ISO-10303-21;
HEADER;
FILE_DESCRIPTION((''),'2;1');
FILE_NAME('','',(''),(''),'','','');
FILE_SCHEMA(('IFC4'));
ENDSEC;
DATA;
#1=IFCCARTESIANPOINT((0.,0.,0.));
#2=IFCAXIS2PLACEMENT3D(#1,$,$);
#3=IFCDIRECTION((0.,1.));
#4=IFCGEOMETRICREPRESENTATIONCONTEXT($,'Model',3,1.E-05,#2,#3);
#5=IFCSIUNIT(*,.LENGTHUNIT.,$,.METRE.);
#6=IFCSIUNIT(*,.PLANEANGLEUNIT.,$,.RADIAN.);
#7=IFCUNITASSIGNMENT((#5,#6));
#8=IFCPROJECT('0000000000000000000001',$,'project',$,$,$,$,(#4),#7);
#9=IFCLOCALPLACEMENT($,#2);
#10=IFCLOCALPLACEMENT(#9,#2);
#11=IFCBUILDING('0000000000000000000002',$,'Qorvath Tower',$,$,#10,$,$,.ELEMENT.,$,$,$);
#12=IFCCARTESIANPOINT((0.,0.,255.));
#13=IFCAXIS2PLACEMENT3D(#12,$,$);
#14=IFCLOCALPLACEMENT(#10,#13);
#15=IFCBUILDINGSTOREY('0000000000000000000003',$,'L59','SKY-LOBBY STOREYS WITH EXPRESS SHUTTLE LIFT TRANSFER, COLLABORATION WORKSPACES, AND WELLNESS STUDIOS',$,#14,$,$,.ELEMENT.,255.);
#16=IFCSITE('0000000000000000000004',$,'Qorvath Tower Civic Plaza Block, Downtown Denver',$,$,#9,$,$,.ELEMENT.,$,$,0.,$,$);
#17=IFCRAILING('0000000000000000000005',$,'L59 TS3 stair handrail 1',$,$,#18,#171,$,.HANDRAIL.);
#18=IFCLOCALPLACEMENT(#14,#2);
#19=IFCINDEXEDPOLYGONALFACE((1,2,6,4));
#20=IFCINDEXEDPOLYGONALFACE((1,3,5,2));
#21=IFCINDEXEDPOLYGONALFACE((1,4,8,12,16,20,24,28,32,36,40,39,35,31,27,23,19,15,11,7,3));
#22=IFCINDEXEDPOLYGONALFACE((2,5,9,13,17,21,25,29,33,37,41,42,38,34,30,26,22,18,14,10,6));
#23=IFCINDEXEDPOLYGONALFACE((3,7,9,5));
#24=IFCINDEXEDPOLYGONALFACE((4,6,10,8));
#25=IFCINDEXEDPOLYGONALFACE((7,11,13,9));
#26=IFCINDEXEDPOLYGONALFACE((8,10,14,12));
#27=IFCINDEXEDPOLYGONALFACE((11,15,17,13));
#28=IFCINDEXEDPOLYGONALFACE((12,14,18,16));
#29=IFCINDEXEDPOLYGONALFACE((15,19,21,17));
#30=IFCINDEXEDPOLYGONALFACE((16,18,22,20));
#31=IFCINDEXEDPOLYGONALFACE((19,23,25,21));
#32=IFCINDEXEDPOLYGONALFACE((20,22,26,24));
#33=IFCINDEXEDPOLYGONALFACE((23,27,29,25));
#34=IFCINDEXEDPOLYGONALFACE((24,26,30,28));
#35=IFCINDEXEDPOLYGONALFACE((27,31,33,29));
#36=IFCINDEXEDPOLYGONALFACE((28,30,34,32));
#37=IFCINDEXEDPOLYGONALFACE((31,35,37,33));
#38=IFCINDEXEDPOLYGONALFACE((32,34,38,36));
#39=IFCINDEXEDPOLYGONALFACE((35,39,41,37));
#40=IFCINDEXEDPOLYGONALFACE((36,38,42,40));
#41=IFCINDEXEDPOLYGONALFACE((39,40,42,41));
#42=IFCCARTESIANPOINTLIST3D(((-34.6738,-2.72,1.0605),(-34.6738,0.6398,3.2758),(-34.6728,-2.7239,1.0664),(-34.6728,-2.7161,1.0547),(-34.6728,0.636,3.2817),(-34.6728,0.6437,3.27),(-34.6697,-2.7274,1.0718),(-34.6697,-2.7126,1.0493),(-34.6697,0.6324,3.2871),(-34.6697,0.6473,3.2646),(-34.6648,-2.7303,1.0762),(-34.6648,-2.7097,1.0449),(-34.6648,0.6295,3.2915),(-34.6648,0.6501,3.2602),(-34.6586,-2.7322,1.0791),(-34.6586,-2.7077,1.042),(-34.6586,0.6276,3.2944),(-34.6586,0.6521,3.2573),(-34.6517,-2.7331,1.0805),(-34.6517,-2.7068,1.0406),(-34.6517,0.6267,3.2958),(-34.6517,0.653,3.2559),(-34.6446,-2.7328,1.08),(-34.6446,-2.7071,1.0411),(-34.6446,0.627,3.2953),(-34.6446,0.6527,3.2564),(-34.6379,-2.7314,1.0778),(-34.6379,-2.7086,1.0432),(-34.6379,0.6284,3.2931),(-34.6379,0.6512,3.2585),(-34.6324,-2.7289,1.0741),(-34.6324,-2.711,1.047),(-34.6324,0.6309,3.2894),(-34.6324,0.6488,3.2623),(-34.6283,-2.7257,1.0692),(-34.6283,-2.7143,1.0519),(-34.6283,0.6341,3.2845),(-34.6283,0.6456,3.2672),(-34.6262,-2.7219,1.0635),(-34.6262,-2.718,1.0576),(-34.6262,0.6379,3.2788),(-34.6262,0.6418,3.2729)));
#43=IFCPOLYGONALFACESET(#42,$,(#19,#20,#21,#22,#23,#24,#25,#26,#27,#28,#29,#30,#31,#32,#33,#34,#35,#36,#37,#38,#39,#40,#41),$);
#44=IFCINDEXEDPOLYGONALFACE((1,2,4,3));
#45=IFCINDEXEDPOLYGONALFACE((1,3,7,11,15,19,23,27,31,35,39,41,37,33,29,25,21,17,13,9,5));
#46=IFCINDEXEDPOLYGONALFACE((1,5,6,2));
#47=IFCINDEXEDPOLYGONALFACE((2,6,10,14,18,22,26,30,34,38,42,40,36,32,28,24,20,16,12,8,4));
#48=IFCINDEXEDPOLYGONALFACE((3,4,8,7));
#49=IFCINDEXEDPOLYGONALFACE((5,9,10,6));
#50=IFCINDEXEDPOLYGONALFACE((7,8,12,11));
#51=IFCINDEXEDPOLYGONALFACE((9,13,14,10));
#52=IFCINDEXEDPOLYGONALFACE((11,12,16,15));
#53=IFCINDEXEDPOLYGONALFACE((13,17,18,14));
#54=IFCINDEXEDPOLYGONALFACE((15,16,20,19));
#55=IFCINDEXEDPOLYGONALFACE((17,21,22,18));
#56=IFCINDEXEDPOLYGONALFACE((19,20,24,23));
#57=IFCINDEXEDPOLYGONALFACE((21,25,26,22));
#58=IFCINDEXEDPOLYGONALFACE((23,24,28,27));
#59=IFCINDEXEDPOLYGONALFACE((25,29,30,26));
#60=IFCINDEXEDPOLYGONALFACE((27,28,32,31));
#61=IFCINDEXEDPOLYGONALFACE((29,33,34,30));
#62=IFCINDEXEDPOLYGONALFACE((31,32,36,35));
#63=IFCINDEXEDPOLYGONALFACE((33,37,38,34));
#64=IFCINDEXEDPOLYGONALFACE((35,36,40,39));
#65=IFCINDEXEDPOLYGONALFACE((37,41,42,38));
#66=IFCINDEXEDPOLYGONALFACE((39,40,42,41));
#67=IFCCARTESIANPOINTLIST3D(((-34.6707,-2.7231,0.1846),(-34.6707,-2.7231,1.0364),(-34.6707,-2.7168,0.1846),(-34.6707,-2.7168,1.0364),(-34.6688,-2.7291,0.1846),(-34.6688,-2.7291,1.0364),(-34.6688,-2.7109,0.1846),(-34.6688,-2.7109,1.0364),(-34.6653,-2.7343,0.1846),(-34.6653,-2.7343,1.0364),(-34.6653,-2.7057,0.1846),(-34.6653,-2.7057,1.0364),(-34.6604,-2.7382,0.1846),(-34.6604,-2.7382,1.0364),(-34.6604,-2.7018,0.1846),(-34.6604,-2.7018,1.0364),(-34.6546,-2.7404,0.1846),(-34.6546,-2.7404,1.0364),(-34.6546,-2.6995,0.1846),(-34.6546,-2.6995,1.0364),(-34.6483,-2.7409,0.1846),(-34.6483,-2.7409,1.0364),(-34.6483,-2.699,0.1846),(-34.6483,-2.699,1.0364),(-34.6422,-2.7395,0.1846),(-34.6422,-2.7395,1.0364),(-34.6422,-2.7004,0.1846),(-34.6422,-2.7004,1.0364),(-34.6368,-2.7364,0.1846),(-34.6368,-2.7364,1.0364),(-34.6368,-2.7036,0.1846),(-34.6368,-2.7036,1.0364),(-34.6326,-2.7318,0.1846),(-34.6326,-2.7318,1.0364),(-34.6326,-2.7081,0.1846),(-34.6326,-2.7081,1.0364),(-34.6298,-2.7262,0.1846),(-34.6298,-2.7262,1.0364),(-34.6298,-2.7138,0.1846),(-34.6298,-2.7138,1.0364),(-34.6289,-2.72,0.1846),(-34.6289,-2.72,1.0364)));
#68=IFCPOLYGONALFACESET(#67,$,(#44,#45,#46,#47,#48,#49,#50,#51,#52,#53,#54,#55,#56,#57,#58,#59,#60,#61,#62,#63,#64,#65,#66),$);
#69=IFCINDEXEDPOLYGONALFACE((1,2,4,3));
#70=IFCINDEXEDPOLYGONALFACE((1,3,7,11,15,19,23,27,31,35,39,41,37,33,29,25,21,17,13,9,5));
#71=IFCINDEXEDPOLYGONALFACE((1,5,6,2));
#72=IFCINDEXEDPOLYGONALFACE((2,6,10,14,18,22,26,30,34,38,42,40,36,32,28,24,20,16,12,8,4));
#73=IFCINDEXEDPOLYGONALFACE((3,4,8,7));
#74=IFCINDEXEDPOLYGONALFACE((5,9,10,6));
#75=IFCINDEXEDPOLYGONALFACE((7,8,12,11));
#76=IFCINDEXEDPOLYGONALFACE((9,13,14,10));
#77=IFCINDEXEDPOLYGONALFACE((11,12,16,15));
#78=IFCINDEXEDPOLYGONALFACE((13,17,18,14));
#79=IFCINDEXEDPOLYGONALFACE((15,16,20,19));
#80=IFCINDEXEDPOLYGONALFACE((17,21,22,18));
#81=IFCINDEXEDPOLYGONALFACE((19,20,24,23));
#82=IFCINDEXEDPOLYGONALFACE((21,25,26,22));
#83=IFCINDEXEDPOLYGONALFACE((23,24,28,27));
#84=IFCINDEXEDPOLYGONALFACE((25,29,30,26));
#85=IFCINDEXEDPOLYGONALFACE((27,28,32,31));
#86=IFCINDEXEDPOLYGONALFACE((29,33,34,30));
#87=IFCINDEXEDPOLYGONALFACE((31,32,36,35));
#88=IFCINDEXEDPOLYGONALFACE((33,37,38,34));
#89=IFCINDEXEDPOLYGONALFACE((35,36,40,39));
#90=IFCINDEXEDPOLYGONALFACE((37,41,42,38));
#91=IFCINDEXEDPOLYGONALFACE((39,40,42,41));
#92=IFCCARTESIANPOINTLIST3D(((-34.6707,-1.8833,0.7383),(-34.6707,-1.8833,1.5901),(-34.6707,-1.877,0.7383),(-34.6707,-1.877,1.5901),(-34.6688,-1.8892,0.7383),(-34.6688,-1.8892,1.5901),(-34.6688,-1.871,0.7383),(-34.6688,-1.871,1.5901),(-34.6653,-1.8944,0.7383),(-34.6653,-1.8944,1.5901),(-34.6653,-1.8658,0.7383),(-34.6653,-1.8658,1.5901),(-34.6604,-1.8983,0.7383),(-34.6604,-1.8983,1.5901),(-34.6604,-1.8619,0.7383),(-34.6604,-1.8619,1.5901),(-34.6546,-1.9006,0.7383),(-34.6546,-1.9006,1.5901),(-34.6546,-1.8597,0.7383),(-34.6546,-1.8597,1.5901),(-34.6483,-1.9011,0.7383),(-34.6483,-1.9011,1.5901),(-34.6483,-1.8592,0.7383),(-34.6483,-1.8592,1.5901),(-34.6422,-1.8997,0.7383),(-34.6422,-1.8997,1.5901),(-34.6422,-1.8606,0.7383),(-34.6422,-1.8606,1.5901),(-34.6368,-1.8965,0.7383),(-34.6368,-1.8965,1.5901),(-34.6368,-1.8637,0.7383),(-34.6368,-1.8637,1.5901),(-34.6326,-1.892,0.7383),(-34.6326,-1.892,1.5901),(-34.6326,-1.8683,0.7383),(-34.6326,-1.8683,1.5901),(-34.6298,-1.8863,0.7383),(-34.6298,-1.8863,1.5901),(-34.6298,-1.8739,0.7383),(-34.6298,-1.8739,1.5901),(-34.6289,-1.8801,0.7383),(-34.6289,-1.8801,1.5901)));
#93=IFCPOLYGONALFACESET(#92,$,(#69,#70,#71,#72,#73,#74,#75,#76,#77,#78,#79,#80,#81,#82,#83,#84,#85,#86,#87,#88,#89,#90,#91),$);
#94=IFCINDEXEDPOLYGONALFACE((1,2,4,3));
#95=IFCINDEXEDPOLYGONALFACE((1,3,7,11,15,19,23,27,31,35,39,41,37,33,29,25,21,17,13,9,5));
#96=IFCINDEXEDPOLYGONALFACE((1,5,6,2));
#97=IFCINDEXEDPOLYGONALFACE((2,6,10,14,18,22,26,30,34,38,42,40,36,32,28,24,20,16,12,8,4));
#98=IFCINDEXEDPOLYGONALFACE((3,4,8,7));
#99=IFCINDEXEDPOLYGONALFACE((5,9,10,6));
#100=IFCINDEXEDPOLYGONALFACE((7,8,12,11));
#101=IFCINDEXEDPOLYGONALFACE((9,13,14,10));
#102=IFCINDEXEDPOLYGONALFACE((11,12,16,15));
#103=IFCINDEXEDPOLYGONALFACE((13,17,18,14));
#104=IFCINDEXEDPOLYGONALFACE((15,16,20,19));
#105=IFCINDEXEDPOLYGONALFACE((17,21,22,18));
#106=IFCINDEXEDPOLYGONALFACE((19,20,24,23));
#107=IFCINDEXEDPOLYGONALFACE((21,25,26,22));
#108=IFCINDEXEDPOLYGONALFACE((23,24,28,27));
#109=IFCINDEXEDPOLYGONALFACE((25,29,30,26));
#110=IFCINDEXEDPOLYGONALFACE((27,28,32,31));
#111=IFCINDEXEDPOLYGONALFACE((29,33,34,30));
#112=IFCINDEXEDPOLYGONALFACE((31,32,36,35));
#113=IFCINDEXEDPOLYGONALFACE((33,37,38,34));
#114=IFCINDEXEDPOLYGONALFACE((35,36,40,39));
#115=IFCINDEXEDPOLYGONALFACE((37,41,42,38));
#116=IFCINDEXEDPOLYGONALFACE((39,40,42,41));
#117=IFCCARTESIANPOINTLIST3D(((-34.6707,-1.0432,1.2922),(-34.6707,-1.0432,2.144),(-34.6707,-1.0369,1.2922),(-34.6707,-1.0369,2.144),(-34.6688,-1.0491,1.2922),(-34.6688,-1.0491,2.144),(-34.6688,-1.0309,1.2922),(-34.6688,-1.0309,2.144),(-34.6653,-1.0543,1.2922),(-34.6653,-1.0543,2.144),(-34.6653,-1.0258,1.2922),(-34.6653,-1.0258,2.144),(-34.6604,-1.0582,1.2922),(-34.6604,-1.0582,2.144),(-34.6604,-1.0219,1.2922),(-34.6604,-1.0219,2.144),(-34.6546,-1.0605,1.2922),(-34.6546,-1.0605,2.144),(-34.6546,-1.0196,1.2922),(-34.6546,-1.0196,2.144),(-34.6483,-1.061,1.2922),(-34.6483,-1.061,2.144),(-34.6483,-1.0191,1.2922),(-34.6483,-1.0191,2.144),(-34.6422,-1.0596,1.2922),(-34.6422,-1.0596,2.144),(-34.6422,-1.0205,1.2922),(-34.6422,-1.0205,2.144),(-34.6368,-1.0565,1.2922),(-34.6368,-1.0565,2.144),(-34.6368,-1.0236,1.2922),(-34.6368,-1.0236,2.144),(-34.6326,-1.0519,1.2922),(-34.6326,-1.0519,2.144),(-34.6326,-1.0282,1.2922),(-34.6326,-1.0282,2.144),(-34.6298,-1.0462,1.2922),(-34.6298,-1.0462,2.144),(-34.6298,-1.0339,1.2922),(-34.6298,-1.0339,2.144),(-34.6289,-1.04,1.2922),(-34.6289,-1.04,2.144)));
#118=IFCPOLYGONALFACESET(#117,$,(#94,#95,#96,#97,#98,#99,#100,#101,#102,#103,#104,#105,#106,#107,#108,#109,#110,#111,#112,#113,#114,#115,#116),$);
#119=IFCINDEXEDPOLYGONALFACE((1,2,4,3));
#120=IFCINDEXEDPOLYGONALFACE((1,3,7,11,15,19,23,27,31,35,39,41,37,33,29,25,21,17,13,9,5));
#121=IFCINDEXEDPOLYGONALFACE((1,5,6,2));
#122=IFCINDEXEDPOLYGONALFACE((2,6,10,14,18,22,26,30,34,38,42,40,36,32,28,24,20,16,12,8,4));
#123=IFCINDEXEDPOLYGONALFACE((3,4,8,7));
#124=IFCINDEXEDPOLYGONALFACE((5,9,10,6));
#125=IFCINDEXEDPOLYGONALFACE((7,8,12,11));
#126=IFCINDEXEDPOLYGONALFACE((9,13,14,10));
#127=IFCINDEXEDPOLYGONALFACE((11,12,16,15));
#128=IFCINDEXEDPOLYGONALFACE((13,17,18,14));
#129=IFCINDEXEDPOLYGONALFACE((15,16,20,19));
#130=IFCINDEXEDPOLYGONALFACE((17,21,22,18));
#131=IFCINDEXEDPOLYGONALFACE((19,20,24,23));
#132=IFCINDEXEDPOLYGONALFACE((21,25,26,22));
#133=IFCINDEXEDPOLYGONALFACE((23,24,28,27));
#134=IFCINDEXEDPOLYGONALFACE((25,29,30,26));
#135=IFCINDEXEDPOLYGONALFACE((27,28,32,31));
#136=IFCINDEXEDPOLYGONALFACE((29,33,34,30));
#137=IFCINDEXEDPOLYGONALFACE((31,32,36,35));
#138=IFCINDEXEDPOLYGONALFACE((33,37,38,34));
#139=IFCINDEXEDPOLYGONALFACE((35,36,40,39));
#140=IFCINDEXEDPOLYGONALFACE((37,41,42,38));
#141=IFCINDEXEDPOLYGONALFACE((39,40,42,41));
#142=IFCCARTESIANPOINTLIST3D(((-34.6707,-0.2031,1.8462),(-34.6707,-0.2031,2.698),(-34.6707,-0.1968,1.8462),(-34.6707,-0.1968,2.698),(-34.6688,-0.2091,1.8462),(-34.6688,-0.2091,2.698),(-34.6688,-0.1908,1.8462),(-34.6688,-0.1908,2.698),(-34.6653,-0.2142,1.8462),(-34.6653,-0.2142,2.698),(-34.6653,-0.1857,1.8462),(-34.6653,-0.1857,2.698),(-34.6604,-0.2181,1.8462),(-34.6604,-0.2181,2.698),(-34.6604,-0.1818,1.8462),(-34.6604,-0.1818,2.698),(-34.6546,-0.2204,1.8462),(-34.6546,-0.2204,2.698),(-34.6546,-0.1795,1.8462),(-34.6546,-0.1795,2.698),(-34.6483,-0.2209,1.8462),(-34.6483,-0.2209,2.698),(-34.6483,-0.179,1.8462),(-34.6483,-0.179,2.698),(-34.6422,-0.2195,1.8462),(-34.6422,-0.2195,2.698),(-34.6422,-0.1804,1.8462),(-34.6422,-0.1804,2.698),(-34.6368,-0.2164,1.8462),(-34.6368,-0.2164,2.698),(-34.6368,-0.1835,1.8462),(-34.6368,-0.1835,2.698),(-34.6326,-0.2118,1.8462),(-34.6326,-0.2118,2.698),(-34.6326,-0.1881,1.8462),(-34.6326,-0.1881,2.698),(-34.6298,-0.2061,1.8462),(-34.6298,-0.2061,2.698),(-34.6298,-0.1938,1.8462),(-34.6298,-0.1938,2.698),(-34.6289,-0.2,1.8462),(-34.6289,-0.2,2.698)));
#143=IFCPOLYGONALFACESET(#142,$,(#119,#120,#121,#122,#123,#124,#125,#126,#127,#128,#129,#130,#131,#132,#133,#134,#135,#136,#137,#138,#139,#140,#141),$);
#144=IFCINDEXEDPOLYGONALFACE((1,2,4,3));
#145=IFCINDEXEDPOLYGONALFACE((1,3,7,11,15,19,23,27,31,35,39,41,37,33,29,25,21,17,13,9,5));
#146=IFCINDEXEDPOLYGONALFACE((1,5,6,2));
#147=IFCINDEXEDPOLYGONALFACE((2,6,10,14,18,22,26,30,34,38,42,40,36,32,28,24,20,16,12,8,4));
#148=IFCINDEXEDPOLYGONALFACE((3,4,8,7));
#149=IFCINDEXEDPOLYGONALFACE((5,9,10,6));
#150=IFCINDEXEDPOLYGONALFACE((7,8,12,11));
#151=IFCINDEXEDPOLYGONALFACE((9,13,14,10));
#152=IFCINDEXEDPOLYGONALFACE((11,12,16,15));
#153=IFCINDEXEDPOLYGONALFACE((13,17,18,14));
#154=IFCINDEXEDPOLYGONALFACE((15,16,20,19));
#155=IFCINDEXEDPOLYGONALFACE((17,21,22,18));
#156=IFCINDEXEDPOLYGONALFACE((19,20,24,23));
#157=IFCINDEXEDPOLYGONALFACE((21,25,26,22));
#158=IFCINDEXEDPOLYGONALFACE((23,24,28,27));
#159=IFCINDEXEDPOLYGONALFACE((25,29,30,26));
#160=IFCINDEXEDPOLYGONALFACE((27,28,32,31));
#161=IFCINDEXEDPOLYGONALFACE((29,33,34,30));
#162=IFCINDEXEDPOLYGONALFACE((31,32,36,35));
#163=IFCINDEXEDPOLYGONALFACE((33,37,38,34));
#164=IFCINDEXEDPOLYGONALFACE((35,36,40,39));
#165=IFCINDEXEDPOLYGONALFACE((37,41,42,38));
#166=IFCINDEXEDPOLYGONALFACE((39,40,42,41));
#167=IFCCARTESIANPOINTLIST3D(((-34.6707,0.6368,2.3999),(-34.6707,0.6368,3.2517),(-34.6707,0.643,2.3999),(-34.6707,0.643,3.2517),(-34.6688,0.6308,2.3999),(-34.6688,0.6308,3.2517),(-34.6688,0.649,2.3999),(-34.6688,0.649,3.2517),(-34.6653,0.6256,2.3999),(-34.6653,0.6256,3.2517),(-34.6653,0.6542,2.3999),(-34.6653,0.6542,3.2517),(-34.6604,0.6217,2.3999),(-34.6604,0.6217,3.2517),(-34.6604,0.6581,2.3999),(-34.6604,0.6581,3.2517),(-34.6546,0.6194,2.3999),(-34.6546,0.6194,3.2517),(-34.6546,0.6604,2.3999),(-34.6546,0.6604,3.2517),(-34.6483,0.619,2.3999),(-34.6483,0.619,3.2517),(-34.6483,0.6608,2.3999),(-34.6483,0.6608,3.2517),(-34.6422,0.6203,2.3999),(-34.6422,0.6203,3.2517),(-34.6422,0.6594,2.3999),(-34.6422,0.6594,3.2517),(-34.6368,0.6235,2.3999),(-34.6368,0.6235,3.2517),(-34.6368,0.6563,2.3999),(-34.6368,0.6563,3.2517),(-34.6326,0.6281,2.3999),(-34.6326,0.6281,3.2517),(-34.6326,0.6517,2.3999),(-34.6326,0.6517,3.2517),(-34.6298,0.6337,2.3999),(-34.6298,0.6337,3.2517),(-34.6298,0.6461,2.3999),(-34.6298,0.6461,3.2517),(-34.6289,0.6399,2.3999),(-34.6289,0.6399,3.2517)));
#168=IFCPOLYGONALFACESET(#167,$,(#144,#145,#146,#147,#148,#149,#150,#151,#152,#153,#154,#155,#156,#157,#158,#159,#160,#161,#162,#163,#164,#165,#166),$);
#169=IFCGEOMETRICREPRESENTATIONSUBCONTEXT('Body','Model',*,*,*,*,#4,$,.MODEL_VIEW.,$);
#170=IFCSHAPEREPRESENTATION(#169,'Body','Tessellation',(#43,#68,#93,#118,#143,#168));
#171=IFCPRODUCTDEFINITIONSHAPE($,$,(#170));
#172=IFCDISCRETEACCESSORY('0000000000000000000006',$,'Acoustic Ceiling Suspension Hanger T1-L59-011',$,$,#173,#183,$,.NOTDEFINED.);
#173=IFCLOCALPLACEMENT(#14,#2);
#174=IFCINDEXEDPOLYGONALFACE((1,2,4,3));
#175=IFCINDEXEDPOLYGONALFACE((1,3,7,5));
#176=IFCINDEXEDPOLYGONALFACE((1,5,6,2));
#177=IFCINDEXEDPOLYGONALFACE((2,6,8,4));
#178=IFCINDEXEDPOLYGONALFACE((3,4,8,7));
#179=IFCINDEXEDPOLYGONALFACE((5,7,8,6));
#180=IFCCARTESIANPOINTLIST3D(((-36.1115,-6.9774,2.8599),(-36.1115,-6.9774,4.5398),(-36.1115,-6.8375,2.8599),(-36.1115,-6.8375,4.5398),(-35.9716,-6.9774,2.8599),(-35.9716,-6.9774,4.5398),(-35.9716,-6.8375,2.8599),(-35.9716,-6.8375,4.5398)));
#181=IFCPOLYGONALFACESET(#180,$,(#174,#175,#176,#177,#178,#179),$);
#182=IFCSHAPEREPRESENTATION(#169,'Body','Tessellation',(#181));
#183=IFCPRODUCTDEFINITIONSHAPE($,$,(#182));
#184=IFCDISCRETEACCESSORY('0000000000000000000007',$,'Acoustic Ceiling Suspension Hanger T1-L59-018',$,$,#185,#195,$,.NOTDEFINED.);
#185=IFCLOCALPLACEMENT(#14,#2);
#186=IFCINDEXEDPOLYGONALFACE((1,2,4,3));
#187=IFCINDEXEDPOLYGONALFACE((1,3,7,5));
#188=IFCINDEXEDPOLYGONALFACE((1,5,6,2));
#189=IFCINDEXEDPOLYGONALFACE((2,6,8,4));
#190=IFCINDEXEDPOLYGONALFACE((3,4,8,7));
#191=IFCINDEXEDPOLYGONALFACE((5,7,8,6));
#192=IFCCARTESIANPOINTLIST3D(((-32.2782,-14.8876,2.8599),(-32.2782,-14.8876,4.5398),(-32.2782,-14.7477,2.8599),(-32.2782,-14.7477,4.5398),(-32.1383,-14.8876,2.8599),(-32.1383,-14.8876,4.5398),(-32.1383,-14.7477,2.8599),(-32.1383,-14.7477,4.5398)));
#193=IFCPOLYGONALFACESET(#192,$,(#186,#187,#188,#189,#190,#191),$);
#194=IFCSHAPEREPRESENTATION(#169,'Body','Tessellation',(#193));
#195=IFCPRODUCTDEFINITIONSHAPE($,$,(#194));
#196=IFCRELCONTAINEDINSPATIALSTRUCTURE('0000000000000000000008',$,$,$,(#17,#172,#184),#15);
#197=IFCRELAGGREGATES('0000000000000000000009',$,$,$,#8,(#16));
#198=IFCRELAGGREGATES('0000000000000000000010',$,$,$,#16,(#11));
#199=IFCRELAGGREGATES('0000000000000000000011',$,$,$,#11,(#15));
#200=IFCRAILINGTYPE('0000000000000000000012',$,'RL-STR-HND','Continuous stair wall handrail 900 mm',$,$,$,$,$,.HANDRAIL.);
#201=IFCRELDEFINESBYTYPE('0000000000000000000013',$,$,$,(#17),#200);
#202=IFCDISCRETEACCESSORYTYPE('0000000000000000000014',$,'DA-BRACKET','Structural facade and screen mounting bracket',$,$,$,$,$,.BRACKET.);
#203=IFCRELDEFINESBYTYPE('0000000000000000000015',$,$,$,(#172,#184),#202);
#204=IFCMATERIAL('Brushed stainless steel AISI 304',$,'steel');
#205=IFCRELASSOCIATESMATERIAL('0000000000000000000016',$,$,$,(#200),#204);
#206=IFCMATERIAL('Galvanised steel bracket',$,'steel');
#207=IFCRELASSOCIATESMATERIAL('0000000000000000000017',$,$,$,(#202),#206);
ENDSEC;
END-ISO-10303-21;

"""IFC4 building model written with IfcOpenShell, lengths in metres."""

from ifc_helpers import new_model, si_unit, direction, frame, origin, origin_2d, place, context, subcontext, project, spatial, rectangle, circle, extrude, material, type_object, element, save


model = new_model("IFC4")

# Units and contexts
model_context = context("Model", 3, precision=1e-05, world=origin(), true_north=direction((0.0, 1.0)))
body_context = subcontext(model_context, "Body", "Model", "MODEL_VIEW")
ifc_project = project(units=[si_unit("LENGTHUNIT", "METRE"), si_unit("PLANEANGLEUNIT", "RADIAN")], contexts=[model_context])

# Site, building, storey
site_placement = place(None, origin())
site = spatial("IfcSite", under=ifc_project, at=site_placement, Name="Qorvath Tower Civic Plaza Block, Downtown Denver", CompositionType="ELEMENT", RefElevation=0.0)
building_placement = place(site_placement, origin())
building = spatial("IfcBuilding", under=site, at=building_placement, Name="Qorvath Tower", CompositionType="ELEMENT")
storey_placement = place(building_placement, frame((0.0, 0.0, 255.0)))
storey = spatial("IfcBuildingStorey", under=building, at=storey_placement, Name="L59", Description="SKY-LOBBY STOREYS WITH EXPRESS SHUTTLE LIFT TRANSFER, COLLABORATION WORKSPACES, AND WELLNESS STUDIOS", CompositionType="ELEMENT", Elevation=255.0)

# Railing
ifc_material_1 = material(Name="Brushed stainless steel AISI 304", Category="steel")
railing_type_1 = type_object("IfcRailingType", Name="RL-STR-HND", Description="Continuous stair wall handrail 900 mm", PredefinedType="HANDRAIL", material=ifc_material_1)
railing_1_placement = place(storey_placement, frame((-34.6499, -2.72, 0.1846)))
element("IfcRailing", 1, at=railing_1_placement, inside=storey, type_object=railing_type_1, Name="L59 TS3 stair handrail 1", PredefinedType="HANDRAIL", context=body_context, shape_type="SweptSolid", body=[
    extrude(circle(Radius=0.0239, at=origin_2d()), frame((0.0, 0.0, 0.876), z_axis=(0.0, 0.834858, 0.550465), x_axis=(-1.0, 0.0, 0.0)), (0.0, 0.0, 1.0), 4.0244),
    extrude(circle(Radius=0.021, at=origin_2d()), origin(), (0.0, 0.0, 1.0), 0.8518),
    extrude(circle(Radius=0.021, at=origin_2d()), frame((0.0, 0.8398, 0.5537)), (0.0, 0.0, 1.0), 0.8518),
    extrude(circle(Radius=0.021, at=origin_2d()), frame((0.0, 1.6799, 1.1077)), (0.0, 0.0, 1.0), 0.8518),
    extrude(circle(Radius=0.021, at=origin_2d()), frame((0.0, 2.52, 1.6616)), (0.0, 0.0, 1.0), 0.8518),
    extrude(circle(Radius=0.021, at=origin_2d()), frame((0.0, 3.3599, 2.2153)), (0.0, 0.0, 1.0), 0.8518),
])

# Discrete accessories
ifc_material_2 = material(Name="Galvanised steel bracket", Category="steel")
discrete_accessory_type = type_object("IfcDiscreteAccessoryType", Name="DA-BRACKET", Description="Structural facade and screen mounting bracket", PredefinedType="BRACKET", material=ifc_material_2)
for number, where, z_axis, x_axis, name in (
    (2, (-36.0415, -6.9075, 2.8599), (0.0, 0.0, 1.0), (1.0, 0.0, 0.0), "Acoustic Ceiling Suspension Hanger T1-L59-011"),
    (3, (-32.2083, -14.8176, 2.8599), (0.0, 0.0, 1.0), (1.0, 0.0, 0.0), "Acoustic Ceiling Suspension Hanger T1-L59-018"),
):
    element("IfcDiscreteAccessory", number, at=place(storey_placement, frame(where, z_axis=z_axis, x_axis=x_axis)), inside=storey, type_object=discrete_accessory_type, Name=name, PredefinedType="NOTDEFINED", context=body_context, shape_type="SweptSolid", body=[
        extrude(rectangle(XDim=0.1399, YDim=0.1399, at=origin_2d()), origin(), (0.0, 0.0, 1.0), 1.6799),
    ])

save(model, "model.ifc")
